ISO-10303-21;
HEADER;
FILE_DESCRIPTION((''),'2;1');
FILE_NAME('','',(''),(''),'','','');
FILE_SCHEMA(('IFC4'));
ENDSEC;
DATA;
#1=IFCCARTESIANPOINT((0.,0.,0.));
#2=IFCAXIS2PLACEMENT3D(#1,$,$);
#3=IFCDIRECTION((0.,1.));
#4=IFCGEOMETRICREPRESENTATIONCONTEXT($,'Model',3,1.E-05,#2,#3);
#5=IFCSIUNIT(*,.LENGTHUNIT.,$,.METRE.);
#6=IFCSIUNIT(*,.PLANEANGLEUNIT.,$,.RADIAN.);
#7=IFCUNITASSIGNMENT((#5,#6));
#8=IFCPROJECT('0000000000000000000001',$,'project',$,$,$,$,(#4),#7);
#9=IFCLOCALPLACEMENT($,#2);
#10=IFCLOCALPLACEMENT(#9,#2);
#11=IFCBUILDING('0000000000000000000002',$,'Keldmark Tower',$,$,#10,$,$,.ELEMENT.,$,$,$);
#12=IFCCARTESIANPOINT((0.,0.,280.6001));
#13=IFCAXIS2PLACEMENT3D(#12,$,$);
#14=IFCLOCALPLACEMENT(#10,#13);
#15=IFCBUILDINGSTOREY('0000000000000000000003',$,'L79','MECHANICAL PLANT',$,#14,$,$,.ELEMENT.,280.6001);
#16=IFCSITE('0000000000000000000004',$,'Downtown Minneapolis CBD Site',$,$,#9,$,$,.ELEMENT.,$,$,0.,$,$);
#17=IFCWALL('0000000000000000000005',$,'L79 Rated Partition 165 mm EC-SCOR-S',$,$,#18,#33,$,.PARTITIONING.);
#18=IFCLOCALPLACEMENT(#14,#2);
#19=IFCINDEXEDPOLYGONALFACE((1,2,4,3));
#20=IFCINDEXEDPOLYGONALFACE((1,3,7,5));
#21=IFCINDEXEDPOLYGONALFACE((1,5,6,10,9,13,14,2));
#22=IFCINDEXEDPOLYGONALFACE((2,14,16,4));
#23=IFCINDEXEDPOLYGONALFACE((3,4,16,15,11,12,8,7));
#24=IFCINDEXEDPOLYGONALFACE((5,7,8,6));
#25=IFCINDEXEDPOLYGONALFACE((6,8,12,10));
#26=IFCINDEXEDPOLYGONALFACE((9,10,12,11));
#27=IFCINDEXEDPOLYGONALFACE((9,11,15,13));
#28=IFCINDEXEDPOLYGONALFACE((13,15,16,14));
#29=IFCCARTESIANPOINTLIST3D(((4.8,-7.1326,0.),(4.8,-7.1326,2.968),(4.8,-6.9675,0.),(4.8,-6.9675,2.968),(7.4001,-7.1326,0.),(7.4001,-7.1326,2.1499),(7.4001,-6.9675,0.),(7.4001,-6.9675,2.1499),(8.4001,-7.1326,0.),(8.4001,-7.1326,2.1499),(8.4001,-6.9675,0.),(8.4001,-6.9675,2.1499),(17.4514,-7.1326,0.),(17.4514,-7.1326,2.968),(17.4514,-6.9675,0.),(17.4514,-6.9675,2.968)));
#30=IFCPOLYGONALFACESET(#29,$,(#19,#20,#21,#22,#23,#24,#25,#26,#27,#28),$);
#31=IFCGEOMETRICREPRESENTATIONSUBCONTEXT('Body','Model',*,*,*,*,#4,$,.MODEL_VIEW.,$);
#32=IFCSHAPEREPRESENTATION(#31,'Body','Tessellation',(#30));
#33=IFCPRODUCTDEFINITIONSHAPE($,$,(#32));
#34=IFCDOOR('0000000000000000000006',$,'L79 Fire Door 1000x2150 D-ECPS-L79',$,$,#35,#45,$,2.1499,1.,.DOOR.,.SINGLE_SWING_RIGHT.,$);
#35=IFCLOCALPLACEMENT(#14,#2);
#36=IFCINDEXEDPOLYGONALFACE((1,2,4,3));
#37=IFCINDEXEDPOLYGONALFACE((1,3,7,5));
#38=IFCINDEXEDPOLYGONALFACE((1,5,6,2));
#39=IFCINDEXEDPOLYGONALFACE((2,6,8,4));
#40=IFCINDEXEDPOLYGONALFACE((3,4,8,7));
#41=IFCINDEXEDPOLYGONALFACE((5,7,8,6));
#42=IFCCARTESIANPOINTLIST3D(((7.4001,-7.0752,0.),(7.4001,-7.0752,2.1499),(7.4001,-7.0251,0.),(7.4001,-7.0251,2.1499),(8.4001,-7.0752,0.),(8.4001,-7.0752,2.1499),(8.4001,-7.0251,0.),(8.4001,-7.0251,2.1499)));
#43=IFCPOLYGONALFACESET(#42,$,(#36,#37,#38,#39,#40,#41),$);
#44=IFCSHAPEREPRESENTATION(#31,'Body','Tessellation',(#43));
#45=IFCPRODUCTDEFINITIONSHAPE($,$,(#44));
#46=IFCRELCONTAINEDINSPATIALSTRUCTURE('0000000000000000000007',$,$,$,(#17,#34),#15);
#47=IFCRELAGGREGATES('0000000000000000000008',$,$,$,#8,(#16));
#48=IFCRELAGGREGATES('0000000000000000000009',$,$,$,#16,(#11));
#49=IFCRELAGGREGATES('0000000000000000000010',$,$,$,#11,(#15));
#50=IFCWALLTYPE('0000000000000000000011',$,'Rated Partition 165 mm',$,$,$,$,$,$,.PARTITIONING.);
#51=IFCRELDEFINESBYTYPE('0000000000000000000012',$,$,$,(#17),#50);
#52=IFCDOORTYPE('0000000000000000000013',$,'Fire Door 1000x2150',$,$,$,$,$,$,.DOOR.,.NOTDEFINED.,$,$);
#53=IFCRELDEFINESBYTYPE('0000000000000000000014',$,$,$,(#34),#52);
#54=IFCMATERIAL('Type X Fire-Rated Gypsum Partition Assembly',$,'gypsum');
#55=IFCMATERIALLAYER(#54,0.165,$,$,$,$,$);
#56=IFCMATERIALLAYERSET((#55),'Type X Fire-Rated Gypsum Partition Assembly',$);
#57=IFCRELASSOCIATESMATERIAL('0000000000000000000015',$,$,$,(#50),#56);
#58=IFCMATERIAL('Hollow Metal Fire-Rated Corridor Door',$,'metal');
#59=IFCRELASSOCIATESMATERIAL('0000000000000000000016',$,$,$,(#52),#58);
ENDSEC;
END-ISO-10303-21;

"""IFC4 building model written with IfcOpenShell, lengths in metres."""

from ifc_helpers import new_model, si_unit, direction, frame, frame_2d, origin, place, context, subcontext, project, spatial, rectangle, extrude, material, layer, layer_set, type_object, element, fill, save


model = new_model("IFC4")

# Units and contexts
model_context = context("Model", 3, precision=1e-05, world=origin(), true_north=direction((0.0, 1.0)))
body_context = subcontext(model_context, "Body", "Model", "MODEL_VIEW")
ifc_project = project(units=[si_unit("LENGTHUNIT", "METRE"), si_unit("PLANEANGLEUNIT", "RADIAN")], contexts=[model_context])

# Site, building, storey
site_placement = place(None, origin())
site = spatial("IfcSite", under=ifc_project, at=site_placement, Name="Downtown Minneapolis CBD Site", CompositionType="ELEMENT", RefElevation=0.0)
building_placement = place(site_placement, origin())
building = spatial("IfcBuilding", under=site, at=building_placement, Name="Keldmark Tower", CompositionType="ELEMENT")
storey_placement = place(building_placement, frame((0.0, 0.0, 280.6001)))
storey = spatial("IfcBuildingStorey", under=building, at=storey_placement, Name="L79", Description="MECHANICAL PLANT", CompositionType="ELEMENT", Elevation=280.6001)

# Wall, opening, door
ifc_material_1 = material(Name="Type X Fire-Rated Gypsum Partition Assembly", Category="gypsum")
ifc_layer_1 = layer(ifc_material_1, 0.165)
ifc_layer_set_1 = layer_set([ifc_layer_1], Name="Type X Fire-Rated Gypsum Partition Assembly")
wall_type = type_object("IfcWallType", Name="Rated Partition 165 mm", PredefinedType="PARTITIONING", material=ifc_layer_set_1)
wall_placement = place(storey_placement, frame((4.8, -7.05, 0.0), z_axis=(0.0, 0.0, 1.0), x_axis=(1.0, 0.0, 0.0)))
wall = element("IfcWall", 1, at=wall_placement, inside=storey, type_object=wall_type, Name="L79 Rated Partition 165 mm EC-SCOR-S", PredefinedType="PARTITIONING", context=body_context, shape_type="SweptSolid", body=[
    extrude(rectangle(XDim=12.6514, YDim=0.165, at=frame_2d((6.3257, 0.0))), origin(), (0.0, 0.0, 1.0), 2.968),
])
opening_placement = place(wall_placement, frame((2.6001, 0.0, 0.0)))
opening = element("IfcOpeningElement", 2, at=opening_placement, cuts=wall, PredefinedType="OPENING", context=body_context, shape_type="SweptSolid", body=[
    extrude(rectangle(XDim=1.0, YDim=2.1499, at=frame_2d((0.5, 1.075))), frame((0.0, 0.0925, 0.0), z_axis=(0.0, -1.0, 0.0), x_axis=(1.0, 0.0, 0.0)), (0.0, 0.0, 1.0), 0.1851),
])
ifc_material_2 = material(Name="Hollow Metal Fire-Rated Corridor Door", Category="metal")
door_type = type_object("IfcDoorType", Name="Fire Door 1000x2150", OperationType="NOTDEFINED", PredefinedType="DOOR", material=ifc_material_2)
door_placement = place(opening_placement, origin())
door = element("IfcDoor", 3, at=door_placement, inside=storey, type_object=door_type, Name="L79 Fire Door 1000x2150 D-ECPS-L79", OperationType="SINGLE_SWING_RIGHT", OverallHeight=2.1499, OverallWidth=1.0, PredefinedType="DOOR", context=body_context, shape_type="SweptSolid", body=[
    extrude(rectangle(XDim=1.0, YDim=2.1499, at=frame_2d((0.5, 1.075))), frame((0.0, 0.0249, 0.0), z_axis=(0.0, -1.0, 0.0), x_axis=(1.0, 0.0, 0.0)), (0.0, 0.0, 1.0), 0.05),
])
fill(opening, door)

save(model, "model.ifc")
